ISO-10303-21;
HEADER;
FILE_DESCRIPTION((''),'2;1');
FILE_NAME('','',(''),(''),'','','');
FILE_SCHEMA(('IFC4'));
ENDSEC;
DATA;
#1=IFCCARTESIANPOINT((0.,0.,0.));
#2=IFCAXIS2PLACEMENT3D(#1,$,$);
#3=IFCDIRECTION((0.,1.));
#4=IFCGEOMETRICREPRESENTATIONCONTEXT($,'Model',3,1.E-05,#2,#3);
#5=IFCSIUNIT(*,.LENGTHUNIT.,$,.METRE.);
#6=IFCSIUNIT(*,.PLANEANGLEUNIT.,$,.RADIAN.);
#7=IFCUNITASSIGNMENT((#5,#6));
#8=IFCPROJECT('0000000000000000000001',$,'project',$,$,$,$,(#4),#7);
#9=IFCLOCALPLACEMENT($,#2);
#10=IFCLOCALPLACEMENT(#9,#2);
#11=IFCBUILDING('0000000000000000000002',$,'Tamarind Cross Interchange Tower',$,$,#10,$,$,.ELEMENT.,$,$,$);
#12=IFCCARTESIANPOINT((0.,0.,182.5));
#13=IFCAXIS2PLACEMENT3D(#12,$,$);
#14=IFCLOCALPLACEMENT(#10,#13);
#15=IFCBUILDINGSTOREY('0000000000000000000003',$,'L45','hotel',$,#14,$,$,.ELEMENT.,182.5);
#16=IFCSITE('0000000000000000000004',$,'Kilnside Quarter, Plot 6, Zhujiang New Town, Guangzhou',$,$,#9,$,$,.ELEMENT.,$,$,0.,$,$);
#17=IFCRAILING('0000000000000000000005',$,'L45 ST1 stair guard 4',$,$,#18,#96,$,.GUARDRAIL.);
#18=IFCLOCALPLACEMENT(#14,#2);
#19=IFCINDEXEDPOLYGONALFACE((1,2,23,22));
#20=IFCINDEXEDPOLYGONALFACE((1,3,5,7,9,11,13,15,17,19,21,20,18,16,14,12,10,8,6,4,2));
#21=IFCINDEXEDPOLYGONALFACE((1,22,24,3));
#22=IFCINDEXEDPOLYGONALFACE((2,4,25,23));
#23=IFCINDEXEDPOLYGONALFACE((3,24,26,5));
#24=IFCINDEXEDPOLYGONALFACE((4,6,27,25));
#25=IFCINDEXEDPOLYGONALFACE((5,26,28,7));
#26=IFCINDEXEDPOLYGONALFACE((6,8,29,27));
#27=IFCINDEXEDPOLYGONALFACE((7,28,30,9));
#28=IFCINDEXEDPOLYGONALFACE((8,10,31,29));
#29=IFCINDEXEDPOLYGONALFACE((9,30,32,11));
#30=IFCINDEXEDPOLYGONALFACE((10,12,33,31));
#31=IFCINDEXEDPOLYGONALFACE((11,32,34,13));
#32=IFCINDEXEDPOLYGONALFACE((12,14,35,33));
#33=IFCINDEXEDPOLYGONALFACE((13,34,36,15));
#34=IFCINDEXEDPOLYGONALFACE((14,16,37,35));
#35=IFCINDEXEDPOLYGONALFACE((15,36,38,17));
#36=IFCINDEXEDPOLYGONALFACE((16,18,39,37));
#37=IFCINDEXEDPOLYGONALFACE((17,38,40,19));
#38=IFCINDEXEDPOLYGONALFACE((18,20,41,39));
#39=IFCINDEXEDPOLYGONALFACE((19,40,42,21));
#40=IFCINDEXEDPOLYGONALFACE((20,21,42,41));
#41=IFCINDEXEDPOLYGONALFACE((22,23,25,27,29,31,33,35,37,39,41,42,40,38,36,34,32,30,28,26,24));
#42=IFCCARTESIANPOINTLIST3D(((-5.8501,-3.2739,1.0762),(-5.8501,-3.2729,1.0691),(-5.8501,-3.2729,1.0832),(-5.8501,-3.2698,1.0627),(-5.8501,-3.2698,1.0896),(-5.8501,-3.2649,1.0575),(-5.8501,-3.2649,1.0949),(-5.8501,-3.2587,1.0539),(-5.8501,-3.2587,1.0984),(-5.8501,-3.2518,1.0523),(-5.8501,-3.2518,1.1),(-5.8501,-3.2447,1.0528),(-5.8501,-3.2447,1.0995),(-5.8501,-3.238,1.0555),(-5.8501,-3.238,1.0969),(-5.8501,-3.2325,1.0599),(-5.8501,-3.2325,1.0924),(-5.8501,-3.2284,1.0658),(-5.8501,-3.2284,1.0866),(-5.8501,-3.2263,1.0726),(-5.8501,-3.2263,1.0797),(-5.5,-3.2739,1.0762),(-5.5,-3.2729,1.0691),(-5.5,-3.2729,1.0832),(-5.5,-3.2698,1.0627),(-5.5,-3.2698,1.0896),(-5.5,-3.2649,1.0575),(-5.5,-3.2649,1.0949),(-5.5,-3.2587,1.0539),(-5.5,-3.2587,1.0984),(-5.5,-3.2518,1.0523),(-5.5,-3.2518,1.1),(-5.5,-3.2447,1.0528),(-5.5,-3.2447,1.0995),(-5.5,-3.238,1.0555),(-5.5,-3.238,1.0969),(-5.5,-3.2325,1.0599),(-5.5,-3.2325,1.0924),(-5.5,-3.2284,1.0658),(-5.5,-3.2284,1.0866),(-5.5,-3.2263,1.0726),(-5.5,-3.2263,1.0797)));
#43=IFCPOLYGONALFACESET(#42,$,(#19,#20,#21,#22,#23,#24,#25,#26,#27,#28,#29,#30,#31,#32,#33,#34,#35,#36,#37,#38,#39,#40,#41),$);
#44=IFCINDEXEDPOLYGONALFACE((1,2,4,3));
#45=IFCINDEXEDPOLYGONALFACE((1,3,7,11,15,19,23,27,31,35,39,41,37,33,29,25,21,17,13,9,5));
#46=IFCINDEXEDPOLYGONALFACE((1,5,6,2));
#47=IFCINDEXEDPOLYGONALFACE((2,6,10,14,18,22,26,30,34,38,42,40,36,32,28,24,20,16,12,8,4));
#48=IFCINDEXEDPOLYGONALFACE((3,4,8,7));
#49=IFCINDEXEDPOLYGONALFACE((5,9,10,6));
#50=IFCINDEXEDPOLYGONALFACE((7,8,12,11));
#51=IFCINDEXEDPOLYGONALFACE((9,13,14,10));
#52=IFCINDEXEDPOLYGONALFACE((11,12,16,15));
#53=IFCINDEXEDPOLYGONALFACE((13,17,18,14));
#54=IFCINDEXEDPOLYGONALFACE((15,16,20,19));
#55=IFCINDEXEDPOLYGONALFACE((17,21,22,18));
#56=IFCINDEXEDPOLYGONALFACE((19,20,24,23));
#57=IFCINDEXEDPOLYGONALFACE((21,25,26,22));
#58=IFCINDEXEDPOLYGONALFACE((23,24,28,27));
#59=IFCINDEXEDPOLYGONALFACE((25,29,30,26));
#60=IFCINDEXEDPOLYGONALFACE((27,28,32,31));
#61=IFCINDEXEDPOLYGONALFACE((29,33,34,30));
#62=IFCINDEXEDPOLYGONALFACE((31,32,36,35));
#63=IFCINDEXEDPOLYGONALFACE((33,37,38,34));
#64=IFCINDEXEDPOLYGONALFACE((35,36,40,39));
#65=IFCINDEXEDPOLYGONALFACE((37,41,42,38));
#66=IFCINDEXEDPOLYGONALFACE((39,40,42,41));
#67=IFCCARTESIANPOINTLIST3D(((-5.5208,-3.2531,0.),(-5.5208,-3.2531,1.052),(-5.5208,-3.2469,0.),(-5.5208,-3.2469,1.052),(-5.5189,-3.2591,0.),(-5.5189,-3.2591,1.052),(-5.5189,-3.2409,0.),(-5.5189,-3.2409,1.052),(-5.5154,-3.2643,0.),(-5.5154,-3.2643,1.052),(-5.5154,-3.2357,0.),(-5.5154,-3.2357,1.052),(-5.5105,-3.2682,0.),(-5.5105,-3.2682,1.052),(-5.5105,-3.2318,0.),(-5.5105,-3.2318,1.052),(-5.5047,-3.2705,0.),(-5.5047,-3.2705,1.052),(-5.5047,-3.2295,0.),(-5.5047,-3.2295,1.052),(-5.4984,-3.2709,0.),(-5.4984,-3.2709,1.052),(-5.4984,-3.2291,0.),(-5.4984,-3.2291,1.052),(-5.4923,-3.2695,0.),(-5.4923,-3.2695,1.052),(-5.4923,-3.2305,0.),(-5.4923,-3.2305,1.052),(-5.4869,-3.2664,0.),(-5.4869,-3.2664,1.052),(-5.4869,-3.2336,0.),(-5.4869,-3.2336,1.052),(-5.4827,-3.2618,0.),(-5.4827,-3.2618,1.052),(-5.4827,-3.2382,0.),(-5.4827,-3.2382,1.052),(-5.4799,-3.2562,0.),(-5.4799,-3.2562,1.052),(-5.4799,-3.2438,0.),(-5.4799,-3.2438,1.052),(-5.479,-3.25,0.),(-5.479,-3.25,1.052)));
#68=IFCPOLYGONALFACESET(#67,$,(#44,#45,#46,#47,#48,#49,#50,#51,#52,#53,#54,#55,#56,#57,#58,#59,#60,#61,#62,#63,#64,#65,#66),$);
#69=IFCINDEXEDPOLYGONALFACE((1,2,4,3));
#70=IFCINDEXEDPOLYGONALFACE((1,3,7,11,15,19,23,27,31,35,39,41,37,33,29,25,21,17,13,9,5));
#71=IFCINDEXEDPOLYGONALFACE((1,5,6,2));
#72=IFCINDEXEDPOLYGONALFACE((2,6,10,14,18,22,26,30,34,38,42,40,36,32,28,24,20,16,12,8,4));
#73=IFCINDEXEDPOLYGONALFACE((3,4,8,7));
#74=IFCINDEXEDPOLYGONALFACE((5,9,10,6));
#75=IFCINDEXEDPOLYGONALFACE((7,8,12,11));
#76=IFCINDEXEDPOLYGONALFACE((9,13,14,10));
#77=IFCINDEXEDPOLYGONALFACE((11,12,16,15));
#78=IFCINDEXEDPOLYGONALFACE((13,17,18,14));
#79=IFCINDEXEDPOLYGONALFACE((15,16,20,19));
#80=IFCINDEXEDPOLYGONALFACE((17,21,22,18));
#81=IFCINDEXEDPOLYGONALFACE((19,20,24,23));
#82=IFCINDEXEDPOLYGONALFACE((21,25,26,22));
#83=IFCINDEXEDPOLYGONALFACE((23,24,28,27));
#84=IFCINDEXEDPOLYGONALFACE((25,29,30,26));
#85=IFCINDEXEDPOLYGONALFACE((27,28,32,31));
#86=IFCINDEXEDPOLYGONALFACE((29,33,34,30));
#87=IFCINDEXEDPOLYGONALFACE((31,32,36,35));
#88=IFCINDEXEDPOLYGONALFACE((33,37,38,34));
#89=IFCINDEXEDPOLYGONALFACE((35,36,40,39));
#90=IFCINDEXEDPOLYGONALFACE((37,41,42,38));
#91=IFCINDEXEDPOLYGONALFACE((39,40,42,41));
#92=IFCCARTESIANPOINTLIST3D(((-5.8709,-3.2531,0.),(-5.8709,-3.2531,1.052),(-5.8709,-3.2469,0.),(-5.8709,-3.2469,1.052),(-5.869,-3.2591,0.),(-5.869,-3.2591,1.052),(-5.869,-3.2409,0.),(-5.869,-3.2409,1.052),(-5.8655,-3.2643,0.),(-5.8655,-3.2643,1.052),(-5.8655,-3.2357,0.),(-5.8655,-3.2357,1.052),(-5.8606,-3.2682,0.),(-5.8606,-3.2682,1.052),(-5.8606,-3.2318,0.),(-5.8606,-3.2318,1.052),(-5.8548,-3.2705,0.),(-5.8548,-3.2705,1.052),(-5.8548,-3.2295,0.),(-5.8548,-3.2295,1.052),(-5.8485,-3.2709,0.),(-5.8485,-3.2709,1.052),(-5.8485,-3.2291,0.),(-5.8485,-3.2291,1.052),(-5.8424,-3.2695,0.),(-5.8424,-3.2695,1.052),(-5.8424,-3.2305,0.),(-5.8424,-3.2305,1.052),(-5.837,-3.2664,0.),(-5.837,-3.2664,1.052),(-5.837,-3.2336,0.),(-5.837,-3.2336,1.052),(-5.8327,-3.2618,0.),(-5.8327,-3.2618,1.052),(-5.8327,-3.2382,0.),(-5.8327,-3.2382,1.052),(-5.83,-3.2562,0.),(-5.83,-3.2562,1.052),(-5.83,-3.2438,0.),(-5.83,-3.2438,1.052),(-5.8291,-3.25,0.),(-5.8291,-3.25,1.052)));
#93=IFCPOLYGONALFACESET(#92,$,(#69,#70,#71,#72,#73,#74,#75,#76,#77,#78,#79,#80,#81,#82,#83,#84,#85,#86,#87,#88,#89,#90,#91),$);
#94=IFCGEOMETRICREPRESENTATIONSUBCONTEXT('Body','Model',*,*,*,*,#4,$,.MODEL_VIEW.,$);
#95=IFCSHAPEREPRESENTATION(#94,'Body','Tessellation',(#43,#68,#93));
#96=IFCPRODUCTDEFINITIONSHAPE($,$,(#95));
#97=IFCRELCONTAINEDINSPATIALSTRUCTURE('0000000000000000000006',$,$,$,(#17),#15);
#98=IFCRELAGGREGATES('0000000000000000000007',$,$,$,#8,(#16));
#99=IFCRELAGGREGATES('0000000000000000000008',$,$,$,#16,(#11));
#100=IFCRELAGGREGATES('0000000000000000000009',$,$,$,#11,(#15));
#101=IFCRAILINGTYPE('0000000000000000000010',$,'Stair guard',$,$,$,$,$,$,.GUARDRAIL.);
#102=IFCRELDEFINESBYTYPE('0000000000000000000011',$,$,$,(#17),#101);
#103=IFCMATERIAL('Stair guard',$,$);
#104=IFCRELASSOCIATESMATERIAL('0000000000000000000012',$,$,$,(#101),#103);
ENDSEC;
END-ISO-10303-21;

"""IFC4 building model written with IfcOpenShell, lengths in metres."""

from ifc_helpers import new_model, si_unit, direction, frame, origin, origin_2d, place, context, subcontext, project, spatial, circle, extrude, material, type_object, element, save


model = new_model("IFC4")

# Units and contexts
model_context = context("Model", 3, precision=1e-05, world=origin(), true_north=direction((0.0, 1.0)))
body_context = subcontext(model_context, "Body", "Model", "MODEL_VIEW")
ifc_project = project(units=[si_unit("LENGTHUNIT", "METRE"), si_unit("PLANEANGLEUNIT", "RADIAN")], contexts=[model_context])

# Site, building, storey
site_placement = place(None, origin())
site = spatial("IfcSite", under=ifc_project, at=site_placement, Name="Kilnside Quarter, Plot 6, Zhujiang New Town, Guangzhou", CompositionType="ELEMENT", RefElevation=0.0)
building_placement = place(site_placement, origin())
building = spatial("IfcBuilding", under=site, at=building_placement, Name="Tamarind Cross Interchange Tower", CompositionType="ELEMENT")
storey_placement = place(building_placement, frame((0.0, 0.0, 182.5)))
storey = spatial("IfcBuildingStorey", under=building, at=storey_placement, Name="L45", Description="hotel", CompositionType="ELEMENT", Elevation=182.5)

# Railing
ifc_material_1 = material(Name="Stair guard")
railing_type_1 = type_object("IfcRailingType", Name="Stair guard", PredefinedType="GUARDRAIL", material=ifc_material_1)
railing_1_placement = place(storey_placement, frame((-5.5, -3.25, 0.0)))
element("IfcRailing", 1, at=railing_1_placement, inside=storey, type_object=railing_type_1, Name="L45 ST1 stair guard 4", PredefinedType="GUARDRAIL", context=body_context, shape_type="SweptSolid", body=[
    extrude(circle(Radius=0.0239, at=origin_2d()), frame((0.0, 0.0, 1.0762), z_axis=(-1.0, 0.0, 0.0), x_axis=(0.0, -1.0, 0.0)), (0.0, 0.0, 1.0), 0.3501),
    extrude(circle(Radius=0.021, at=origin_2d()), origin(), (0.0, 0.0, 1.0), 1.052),
    extrude(circle(Radius=0.021, at=origin_2d()), frame((-0.3501, 0.0, 0.0)), (0.0, 0.0, 1.0), 1.052),
])

save(model, "model.ifc")
